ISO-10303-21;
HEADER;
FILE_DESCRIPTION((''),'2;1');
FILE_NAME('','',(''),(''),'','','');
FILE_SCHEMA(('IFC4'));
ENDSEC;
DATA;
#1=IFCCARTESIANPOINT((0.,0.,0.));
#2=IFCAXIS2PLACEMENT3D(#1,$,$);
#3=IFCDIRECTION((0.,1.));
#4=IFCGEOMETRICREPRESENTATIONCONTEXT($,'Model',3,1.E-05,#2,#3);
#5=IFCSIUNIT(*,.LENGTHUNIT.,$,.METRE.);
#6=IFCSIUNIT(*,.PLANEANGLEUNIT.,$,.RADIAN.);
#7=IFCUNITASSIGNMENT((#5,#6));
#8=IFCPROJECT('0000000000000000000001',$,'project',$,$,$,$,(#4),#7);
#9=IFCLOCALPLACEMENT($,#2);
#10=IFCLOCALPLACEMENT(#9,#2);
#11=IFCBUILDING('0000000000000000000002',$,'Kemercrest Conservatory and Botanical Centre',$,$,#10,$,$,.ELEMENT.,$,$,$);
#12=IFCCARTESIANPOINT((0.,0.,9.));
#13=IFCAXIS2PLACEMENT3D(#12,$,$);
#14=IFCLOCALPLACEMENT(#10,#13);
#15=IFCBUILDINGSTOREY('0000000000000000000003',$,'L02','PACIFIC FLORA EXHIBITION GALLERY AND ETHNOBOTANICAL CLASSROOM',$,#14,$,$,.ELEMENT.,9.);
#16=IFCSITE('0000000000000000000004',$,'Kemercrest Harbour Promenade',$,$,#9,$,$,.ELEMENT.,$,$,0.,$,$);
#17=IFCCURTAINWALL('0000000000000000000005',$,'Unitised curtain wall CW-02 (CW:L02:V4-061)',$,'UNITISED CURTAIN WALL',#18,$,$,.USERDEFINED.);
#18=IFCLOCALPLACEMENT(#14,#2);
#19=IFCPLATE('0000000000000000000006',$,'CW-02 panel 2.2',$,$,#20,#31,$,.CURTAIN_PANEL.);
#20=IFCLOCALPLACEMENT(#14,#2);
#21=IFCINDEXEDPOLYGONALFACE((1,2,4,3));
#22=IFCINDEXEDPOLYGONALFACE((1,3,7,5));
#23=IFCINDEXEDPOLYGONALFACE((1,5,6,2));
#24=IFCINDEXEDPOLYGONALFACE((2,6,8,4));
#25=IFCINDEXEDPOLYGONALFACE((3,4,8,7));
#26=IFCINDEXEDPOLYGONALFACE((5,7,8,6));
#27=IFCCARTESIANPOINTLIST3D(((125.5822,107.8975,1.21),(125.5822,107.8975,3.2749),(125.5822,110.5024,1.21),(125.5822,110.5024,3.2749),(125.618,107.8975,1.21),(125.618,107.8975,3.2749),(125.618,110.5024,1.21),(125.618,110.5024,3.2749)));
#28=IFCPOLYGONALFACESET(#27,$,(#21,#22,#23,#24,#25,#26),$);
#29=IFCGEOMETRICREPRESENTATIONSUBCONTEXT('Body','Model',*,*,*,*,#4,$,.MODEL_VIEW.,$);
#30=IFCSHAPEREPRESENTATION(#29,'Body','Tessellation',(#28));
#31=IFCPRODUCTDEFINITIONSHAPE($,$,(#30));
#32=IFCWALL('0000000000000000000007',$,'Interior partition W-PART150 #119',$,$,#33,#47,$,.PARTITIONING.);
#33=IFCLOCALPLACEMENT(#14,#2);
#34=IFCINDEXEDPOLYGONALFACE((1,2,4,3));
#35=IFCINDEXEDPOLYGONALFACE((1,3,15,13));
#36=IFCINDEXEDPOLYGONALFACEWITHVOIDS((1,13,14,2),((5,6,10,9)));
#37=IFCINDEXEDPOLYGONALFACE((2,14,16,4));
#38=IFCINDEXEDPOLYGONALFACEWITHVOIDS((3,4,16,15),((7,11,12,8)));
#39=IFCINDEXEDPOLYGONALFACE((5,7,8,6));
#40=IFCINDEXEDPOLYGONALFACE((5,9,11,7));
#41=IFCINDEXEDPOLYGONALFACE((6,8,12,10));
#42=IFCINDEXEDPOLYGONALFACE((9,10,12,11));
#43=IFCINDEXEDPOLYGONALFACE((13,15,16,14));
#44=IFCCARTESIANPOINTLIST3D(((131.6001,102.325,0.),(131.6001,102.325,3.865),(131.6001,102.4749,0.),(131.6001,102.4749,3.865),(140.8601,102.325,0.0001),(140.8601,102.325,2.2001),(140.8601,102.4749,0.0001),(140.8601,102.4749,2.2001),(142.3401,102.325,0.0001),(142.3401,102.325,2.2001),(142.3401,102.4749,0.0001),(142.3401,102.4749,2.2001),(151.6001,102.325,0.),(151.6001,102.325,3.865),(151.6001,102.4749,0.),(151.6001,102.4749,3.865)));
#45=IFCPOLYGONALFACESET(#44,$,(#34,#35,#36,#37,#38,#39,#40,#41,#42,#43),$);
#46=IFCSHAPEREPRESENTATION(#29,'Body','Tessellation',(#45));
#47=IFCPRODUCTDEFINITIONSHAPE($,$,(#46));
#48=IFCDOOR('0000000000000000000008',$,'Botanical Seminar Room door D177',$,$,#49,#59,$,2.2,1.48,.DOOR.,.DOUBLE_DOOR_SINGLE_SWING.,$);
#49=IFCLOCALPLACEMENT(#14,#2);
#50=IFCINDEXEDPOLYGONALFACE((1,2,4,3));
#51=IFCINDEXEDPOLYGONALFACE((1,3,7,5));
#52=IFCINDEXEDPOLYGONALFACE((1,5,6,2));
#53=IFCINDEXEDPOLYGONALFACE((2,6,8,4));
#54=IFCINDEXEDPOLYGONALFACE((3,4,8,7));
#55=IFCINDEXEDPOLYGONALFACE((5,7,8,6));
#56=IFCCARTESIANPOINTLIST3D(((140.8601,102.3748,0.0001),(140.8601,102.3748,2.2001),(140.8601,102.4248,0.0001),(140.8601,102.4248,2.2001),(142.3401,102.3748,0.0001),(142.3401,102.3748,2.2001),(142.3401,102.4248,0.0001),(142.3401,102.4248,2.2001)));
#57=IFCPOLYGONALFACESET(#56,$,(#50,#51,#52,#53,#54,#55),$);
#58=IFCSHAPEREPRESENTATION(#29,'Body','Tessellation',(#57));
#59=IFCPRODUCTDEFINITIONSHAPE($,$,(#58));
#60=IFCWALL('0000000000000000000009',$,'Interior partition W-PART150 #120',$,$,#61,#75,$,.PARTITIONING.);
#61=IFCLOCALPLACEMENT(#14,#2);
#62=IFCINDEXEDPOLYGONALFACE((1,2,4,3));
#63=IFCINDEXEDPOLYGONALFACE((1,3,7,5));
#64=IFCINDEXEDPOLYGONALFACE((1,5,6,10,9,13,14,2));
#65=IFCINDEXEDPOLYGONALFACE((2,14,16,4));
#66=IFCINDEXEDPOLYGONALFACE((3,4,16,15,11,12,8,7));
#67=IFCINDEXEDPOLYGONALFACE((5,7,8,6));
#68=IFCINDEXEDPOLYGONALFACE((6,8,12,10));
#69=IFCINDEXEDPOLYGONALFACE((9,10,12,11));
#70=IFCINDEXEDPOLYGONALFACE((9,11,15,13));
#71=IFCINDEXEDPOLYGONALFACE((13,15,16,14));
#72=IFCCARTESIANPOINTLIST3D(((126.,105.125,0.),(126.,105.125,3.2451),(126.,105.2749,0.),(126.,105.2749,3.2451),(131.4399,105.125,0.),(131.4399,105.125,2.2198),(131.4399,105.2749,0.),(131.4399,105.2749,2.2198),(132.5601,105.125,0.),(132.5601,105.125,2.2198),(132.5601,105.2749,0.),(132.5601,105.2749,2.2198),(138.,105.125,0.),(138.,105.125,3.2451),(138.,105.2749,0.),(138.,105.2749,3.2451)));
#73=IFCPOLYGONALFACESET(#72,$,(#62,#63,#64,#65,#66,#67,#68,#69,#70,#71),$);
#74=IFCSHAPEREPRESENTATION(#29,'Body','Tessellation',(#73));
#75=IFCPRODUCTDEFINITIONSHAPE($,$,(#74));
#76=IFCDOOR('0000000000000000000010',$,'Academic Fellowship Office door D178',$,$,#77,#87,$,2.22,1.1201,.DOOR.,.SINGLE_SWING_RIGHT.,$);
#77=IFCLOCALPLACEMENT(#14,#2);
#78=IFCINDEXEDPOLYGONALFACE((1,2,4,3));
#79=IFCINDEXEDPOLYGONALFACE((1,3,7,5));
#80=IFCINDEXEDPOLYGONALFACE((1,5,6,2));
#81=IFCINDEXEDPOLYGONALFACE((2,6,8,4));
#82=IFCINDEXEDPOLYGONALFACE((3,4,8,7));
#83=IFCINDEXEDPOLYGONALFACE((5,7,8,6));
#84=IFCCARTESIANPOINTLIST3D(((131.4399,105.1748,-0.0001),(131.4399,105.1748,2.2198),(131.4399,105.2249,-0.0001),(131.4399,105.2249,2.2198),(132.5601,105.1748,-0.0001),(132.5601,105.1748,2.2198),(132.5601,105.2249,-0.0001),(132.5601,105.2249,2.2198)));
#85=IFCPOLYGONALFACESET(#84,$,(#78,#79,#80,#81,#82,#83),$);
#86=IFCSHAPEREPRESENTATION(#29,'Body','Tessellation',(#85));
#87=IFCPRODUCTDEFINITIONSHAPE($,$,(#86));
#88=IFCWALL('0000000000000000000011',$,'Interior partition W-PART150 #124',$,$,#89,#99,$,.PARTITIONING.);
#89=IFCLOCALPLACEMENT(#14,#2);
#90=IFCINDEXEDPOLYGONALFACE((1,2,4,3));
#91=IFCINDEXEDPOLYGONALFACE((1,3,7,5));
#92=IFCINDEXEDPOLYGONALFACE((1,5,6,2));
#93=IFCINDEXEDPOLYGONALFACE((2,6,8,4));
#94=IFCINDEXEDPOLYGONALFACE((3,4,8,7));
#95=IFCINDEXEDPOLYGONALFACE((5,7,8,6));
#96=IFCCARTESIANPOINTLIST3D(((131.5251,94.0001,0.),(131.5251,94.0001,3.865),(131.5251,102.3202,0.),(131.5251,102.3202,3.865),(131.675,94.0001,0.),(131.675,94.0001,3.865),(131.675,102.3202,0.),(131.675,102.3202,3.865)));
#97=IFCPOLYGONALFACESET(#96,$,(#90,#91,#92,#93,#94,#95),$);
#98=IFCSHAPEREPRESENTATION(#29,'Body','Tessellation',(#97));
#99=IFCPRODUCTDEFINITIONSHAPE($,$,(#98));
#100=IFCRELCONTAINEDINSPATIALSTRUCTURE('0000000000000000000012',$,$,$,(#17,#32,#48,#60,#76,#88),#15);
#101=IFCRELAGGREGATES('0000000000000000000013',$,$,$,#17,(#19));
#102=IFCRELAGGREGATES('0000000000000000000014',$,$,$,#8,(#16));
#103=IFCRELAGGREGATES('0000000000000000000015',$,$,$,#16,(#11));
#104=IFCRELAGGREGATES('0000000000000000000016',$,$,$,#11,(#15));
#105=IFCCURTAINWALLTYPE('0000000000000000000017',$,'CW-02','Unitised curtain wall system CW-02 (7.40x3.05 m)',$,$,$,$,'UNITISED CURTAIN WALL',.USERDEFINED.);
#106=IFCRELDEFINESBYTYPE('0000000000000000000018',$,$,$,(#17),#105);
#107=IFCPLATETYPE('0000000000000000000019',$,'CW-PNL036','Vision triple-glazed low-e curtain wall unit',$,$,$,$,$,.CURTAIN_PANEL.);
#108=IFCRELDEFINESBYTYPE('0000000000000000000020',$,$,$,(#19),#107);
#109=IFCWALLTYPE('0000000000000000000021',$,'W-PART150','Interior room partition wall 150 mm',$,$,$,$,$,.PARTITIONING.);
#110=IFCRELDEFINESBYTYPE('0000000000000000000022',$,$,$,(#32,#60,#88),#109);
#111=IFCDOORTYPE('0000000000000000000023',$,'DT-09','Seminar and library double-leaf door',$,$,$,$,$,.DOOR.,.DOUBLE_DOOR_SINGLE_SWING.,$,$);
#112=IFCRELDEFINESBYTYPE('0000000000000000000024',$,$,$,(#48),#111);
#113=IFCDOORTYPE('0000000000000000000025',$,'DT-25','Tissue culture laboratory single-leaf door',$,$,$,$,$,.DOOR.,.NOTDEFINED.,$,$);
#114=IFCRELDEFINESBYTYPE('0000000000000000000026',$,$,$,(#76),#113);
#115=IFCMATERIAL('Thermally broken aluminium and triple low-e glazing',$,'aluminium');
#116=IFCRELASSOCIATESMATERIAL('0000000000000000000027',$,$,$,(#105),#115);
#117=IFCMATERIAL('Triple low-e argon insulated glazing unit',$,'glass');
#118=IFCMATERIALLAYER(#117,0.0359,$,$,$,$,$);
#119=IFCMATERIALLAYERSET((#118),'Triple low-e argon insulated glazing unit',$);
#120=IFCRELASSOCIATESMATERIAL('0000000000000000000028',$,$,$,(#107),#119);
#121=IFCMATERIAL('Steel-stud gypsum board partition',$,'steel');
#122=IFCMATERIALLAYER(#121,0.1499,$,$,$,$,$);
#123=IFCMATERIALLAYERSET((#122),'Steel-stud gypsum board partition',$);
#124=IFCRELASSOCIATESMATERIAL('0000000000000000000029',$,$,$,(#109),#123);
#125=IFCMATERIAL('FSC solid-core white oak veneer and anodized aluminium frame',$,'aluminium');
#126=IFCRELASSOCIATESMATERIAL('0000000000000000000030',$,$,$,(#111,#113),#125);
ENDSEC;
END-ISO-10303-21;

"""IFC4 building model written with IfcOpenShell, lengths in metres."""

from ifc_helpers import new_model, si_unit, direction, frame, frame_2d, origin, origin_2d, place, context, subcontext, project, spatial, rectangle, extrude, material, layer, layer_set, type_object, element, fill, aggregate, save


model = new_model("IFC4")

# Units and contexts
model_context = context("Model", 3, precision=1e-05, world=origin(), true_north=direction((0.0, 1.0)))
body_context = subcontext(model_context, "Body", "Model", "MODEL_VIEW")
ifc_project = project(units=[si_unit("LENGTHUNIT", "METRE"), si_unit("PLANEANGLEUNIT", "RADIAN")], contexts=[model_context])

# Site, building, storey
site_placement = place(None, origin())
site = spatial("IfcSite", under=ifc_project, at=site_placement, Name="Kemercrest Harbour Promenade", CompositionType="ELEMENT", RefElevation=0.0)
building_placement = place(site_placement, origin())
building = spatial("IfcBuilding", under=site, at=building_placement, Name="Kemercrest Conservatory and Botanical Centre", CompositionType="ELEMENT")
storey_placement = place(building_placement, frame((0.0, 0.0, 9.0)))
storey = spatial("IfcBuildingStorey", under=building, at=storey_placement, Name="L02", Description="PACIFIC FLORA EXHIBITION GALLERY AND ETHNOBOTANICAL CLASSROOM", CompositionType="ELEMENT", Elevation=9.0)

# Curtain wall
ifc_material_1 = material(Name="Thermally broken aluminium and triple low-e glazing", Category="aluminium")
curtain_wall_type = type_object("IfcCurtainWallType", Name="CW-02", Description="Unitised curtain wall system CW-02 (7.40x3.05 m)", ElementType="UNITISED CURTAIN WALL", PredefinedType="USERDEFINED", material=ifc_material_1)
curtain_wall_placement = place(storey_placement, origin())
curtain_wall = element("IfcCurtainWall", 1, at=curtain_wall_placement, inside=storey, type_object=curtain_wall_type, Name="Unitised curtain wall CW-02 (CW:L02:V4-061)", ObjectType="UNITISED CURTAIN WALL", PredefinedType="USERDEFINED")

# Plate
ifc_material_2 = material(Name="Triple low-e argon insulated glazing unit", Category="glass")
ifc_layer_1 = layer(ifc_material_2, 0.0359)
ifc_layer_set_1 = layer_set([ifc_layer_1], Name="Triple low-e argon insulated glazing unit")
plate_type = type_object("IfcPlateType", Name="CW-PNL036", Description="Vision triple-glazed low-e curtain wall unit", PredefinedType="CURTAIN_PANEL", material=ifc_layer_set_1)
plate_1_placement = place(storey_placement, frame((125.6001, 109.2, 1.21), z_axis=(0.0, 0.0, 1.0), x_axis=(0.0, -1.0, 0.0)))
plate_1 = element("IfcPlate", 2, at=plate_1_placement, type_object=plate_type, Name="CW-02 panel 2.2", PredefinedType="CURTAIN_PANEL", context=body_context, shape_type="SweptSolid", body=[
    extrude(rectangle(XDim=2.605, YDim=0.0359, at=origin_2d()), origin(), (0.0, 0.0, 1.0), 2.0649),
])
aggregate(curtain_wall, [plate_1])

# Walls, openings, doors
ifc_material_3 = material(Name="Steel-stud gypsum board partition", Category="steel")
ifc_layer_2 = layer(ifc_material_3, 0.1499)
ifc_layer_set_2 = layer_set([ifc_layer_2], Name="Steel-stud gypsum board partition")
wall_type = type_object("IfcWallType", Name="W-PART150", Description="Interior room partition wall 150 mm", PredefinedType="PARTITIONING", material=ifc_layer_set_2)
wall_1_placement = place(storey_placement, frame((131.6001, 102.3999, 0.0), z_axis=(0.0, 0.0, 1.0), x_axis=(1.0, 0.0, 0.0)))
wall_1 = element("IfcWall", 3, at=wall_1_placement, inside=storey, type_object=wall_type, Name="Interior partition W-PART150 #119", PredefinedType="PARTITIONING", context=body_context, shape_type="SweptSolid", body=[
    extrude(rectangle(XDim=20.0, YDim=0.1499, at=frame_2d((10.0, 0.0))), origin(), (0.0, 0.0, 1.0), 3.865),
])
opening_1_placement = place(wall_1_placement, frame((9.26, 0.0, 0.0)))
opening_1 = element("IfcOpeningElement", 4, at=opening_1_placement, cuts=wall_1, PredefinedType="OPENING", context=body_context, shape_type="SweptSolid", body=[
    extrude(rectangle(XDim=1.48, YDim=2.2, at=frame_2d((0.74, 1.1001))), frame((0.0, 0.085, 0.0), z_axis=(0.0, -1.0, 0.0), x_axis=(1.0, 0.0, 0.0)), (0.0, 0.0, 1.0), 0.1699),
])
ifc_material_4 = material(Name="FSC solid-core white oak veneer and anodized aluminium frame", Category="aluminium")
door_type_1 = type_object("IfcDoorType", Name="DT-09", Description="Seminar and library double-leaf door", OperationType="DOUBLE_DOOR_SINGLE_SWING", PredefinedType="DOOR", material=ifc_material_4)
door_1_placement = place(opening_1_placement, origin())
door_1 = element("IfcDoor", 5, at=door_1_placement, inside=storey, type_object=door_type_1, Name="Botanical Seminar Room door D177", OperationType="DOUBLE_DOOR_SINGLE_SWING", OverallHeight=2.2, OverallWidth=1.48, PredefinedType="DOOR", context=body_context, shape_type="SweptSolid", body=[
    extrude(rectangle(XDim=1.48, YDim=2.2, at=frame_2d((0.74, 1.1001))), frame((0.0, 0.0249, 0.0), z_axis=(0.0, -1.0, 0.0), x_axis=(1.0, 0.0, 0.0)), (0.0, 0.0, 1.0), 0.05),
])
fill(opening_1, door_1)
wall_2_placement = place(storey_placement, frame((126.0, 105.2, 0.0), z_axis=(0.0, 0.0, 1.0), x_axis=(1.0, 0.0, 0.0)))
wall_2 = element("IfcWall", 6, at=wall_2_placement, inside=storey, type_object=wall_type, Name="Interior partition W-PART150 #120", PredefinedType="PARTITIONING", context=body_context, shape_type="SweptSolid", body=[
    extrude(rectangle(XDim=12.0, YDim=0.1499, at=frame_2d((6.0, 0.0))), origin(), (0.0, 0.0, 1.0), 3.2451),
])
opening_2_placement = place(wall_2_placement, frame((5.4399, 0.0, 0.0)))
opening_2 = element("IfcOpeningElement", 7, at=opening_2_placement, cuts=wall_2, PredefinedType="OPENING", context=body_context, shape_type="SweptSolid", body=[
    extrude(rectangle(XDim=1.1201, YDim=2.22, at=frame_2d((0.5601, 1.1099))), frame((0.0, 0.085, 0.0), z_axis=(0.0, -1.0, 0.0), x_axis=(1.0, 0.0, 0.0)), (0.0, 0.0, 1.0), 0.1699),
])
door_type_2 = type_object("IfcDoorType", Name="DT-25", Description="Tissue culture laboratory single-leaf door", OperationType="NOTDEFINED", PredefinedType="DOOR", material=ifc_material_4)
door_2_placement = place(opening_2_placement, origin())
door_2 = element("IfcDoor", 8, at=door_2_placement, inside=storey, type_object=door_type_2, Name="Academic Fellowship Office door D178", OperationType="SINGLE_SWING_RIGHT", OverallHeight=2.22, OverallWidth=1.1201, PredefinedType="DOOR", context=body_context, shape_type="SweptSolid", body=[
    extrude(rectangle(XDim=1.1201, YDim=2.22, at=frame_2d((0.5601, 1.1099))), frame((0.0, 0.0249, 0.0), z_axis=(0.0, -1.0, 0.0), x_axis=(1.0, 0.0, 0.0)), (0.0, 0.0, 1.0), 0.05),
])
fill(opening_2, door_2)

# Wall
wall_3_placement = place(storey_placement, frame((131.6001, 94.0, 0.0), z_axis=(0.0, 0.0, 1.0), x_axis=(0.0, 1.0, 0.0)))
element("IfcWall", 9, at=wall_3_placement, inside=storey, type_object=wall_type, Name="Interior partition W-PART150 #124", PredefinedType="PARTITIONING", context=body_context, shape_type="SweptSolid", body=[
    extrude(rectangle(XDim=8.3201, YDim=0.1499, at=frame_2d((4.1602, 0.0))), origin(), (0.0, 0.0, 1.0), 3.865),
])

save(model, "model.ifc")
